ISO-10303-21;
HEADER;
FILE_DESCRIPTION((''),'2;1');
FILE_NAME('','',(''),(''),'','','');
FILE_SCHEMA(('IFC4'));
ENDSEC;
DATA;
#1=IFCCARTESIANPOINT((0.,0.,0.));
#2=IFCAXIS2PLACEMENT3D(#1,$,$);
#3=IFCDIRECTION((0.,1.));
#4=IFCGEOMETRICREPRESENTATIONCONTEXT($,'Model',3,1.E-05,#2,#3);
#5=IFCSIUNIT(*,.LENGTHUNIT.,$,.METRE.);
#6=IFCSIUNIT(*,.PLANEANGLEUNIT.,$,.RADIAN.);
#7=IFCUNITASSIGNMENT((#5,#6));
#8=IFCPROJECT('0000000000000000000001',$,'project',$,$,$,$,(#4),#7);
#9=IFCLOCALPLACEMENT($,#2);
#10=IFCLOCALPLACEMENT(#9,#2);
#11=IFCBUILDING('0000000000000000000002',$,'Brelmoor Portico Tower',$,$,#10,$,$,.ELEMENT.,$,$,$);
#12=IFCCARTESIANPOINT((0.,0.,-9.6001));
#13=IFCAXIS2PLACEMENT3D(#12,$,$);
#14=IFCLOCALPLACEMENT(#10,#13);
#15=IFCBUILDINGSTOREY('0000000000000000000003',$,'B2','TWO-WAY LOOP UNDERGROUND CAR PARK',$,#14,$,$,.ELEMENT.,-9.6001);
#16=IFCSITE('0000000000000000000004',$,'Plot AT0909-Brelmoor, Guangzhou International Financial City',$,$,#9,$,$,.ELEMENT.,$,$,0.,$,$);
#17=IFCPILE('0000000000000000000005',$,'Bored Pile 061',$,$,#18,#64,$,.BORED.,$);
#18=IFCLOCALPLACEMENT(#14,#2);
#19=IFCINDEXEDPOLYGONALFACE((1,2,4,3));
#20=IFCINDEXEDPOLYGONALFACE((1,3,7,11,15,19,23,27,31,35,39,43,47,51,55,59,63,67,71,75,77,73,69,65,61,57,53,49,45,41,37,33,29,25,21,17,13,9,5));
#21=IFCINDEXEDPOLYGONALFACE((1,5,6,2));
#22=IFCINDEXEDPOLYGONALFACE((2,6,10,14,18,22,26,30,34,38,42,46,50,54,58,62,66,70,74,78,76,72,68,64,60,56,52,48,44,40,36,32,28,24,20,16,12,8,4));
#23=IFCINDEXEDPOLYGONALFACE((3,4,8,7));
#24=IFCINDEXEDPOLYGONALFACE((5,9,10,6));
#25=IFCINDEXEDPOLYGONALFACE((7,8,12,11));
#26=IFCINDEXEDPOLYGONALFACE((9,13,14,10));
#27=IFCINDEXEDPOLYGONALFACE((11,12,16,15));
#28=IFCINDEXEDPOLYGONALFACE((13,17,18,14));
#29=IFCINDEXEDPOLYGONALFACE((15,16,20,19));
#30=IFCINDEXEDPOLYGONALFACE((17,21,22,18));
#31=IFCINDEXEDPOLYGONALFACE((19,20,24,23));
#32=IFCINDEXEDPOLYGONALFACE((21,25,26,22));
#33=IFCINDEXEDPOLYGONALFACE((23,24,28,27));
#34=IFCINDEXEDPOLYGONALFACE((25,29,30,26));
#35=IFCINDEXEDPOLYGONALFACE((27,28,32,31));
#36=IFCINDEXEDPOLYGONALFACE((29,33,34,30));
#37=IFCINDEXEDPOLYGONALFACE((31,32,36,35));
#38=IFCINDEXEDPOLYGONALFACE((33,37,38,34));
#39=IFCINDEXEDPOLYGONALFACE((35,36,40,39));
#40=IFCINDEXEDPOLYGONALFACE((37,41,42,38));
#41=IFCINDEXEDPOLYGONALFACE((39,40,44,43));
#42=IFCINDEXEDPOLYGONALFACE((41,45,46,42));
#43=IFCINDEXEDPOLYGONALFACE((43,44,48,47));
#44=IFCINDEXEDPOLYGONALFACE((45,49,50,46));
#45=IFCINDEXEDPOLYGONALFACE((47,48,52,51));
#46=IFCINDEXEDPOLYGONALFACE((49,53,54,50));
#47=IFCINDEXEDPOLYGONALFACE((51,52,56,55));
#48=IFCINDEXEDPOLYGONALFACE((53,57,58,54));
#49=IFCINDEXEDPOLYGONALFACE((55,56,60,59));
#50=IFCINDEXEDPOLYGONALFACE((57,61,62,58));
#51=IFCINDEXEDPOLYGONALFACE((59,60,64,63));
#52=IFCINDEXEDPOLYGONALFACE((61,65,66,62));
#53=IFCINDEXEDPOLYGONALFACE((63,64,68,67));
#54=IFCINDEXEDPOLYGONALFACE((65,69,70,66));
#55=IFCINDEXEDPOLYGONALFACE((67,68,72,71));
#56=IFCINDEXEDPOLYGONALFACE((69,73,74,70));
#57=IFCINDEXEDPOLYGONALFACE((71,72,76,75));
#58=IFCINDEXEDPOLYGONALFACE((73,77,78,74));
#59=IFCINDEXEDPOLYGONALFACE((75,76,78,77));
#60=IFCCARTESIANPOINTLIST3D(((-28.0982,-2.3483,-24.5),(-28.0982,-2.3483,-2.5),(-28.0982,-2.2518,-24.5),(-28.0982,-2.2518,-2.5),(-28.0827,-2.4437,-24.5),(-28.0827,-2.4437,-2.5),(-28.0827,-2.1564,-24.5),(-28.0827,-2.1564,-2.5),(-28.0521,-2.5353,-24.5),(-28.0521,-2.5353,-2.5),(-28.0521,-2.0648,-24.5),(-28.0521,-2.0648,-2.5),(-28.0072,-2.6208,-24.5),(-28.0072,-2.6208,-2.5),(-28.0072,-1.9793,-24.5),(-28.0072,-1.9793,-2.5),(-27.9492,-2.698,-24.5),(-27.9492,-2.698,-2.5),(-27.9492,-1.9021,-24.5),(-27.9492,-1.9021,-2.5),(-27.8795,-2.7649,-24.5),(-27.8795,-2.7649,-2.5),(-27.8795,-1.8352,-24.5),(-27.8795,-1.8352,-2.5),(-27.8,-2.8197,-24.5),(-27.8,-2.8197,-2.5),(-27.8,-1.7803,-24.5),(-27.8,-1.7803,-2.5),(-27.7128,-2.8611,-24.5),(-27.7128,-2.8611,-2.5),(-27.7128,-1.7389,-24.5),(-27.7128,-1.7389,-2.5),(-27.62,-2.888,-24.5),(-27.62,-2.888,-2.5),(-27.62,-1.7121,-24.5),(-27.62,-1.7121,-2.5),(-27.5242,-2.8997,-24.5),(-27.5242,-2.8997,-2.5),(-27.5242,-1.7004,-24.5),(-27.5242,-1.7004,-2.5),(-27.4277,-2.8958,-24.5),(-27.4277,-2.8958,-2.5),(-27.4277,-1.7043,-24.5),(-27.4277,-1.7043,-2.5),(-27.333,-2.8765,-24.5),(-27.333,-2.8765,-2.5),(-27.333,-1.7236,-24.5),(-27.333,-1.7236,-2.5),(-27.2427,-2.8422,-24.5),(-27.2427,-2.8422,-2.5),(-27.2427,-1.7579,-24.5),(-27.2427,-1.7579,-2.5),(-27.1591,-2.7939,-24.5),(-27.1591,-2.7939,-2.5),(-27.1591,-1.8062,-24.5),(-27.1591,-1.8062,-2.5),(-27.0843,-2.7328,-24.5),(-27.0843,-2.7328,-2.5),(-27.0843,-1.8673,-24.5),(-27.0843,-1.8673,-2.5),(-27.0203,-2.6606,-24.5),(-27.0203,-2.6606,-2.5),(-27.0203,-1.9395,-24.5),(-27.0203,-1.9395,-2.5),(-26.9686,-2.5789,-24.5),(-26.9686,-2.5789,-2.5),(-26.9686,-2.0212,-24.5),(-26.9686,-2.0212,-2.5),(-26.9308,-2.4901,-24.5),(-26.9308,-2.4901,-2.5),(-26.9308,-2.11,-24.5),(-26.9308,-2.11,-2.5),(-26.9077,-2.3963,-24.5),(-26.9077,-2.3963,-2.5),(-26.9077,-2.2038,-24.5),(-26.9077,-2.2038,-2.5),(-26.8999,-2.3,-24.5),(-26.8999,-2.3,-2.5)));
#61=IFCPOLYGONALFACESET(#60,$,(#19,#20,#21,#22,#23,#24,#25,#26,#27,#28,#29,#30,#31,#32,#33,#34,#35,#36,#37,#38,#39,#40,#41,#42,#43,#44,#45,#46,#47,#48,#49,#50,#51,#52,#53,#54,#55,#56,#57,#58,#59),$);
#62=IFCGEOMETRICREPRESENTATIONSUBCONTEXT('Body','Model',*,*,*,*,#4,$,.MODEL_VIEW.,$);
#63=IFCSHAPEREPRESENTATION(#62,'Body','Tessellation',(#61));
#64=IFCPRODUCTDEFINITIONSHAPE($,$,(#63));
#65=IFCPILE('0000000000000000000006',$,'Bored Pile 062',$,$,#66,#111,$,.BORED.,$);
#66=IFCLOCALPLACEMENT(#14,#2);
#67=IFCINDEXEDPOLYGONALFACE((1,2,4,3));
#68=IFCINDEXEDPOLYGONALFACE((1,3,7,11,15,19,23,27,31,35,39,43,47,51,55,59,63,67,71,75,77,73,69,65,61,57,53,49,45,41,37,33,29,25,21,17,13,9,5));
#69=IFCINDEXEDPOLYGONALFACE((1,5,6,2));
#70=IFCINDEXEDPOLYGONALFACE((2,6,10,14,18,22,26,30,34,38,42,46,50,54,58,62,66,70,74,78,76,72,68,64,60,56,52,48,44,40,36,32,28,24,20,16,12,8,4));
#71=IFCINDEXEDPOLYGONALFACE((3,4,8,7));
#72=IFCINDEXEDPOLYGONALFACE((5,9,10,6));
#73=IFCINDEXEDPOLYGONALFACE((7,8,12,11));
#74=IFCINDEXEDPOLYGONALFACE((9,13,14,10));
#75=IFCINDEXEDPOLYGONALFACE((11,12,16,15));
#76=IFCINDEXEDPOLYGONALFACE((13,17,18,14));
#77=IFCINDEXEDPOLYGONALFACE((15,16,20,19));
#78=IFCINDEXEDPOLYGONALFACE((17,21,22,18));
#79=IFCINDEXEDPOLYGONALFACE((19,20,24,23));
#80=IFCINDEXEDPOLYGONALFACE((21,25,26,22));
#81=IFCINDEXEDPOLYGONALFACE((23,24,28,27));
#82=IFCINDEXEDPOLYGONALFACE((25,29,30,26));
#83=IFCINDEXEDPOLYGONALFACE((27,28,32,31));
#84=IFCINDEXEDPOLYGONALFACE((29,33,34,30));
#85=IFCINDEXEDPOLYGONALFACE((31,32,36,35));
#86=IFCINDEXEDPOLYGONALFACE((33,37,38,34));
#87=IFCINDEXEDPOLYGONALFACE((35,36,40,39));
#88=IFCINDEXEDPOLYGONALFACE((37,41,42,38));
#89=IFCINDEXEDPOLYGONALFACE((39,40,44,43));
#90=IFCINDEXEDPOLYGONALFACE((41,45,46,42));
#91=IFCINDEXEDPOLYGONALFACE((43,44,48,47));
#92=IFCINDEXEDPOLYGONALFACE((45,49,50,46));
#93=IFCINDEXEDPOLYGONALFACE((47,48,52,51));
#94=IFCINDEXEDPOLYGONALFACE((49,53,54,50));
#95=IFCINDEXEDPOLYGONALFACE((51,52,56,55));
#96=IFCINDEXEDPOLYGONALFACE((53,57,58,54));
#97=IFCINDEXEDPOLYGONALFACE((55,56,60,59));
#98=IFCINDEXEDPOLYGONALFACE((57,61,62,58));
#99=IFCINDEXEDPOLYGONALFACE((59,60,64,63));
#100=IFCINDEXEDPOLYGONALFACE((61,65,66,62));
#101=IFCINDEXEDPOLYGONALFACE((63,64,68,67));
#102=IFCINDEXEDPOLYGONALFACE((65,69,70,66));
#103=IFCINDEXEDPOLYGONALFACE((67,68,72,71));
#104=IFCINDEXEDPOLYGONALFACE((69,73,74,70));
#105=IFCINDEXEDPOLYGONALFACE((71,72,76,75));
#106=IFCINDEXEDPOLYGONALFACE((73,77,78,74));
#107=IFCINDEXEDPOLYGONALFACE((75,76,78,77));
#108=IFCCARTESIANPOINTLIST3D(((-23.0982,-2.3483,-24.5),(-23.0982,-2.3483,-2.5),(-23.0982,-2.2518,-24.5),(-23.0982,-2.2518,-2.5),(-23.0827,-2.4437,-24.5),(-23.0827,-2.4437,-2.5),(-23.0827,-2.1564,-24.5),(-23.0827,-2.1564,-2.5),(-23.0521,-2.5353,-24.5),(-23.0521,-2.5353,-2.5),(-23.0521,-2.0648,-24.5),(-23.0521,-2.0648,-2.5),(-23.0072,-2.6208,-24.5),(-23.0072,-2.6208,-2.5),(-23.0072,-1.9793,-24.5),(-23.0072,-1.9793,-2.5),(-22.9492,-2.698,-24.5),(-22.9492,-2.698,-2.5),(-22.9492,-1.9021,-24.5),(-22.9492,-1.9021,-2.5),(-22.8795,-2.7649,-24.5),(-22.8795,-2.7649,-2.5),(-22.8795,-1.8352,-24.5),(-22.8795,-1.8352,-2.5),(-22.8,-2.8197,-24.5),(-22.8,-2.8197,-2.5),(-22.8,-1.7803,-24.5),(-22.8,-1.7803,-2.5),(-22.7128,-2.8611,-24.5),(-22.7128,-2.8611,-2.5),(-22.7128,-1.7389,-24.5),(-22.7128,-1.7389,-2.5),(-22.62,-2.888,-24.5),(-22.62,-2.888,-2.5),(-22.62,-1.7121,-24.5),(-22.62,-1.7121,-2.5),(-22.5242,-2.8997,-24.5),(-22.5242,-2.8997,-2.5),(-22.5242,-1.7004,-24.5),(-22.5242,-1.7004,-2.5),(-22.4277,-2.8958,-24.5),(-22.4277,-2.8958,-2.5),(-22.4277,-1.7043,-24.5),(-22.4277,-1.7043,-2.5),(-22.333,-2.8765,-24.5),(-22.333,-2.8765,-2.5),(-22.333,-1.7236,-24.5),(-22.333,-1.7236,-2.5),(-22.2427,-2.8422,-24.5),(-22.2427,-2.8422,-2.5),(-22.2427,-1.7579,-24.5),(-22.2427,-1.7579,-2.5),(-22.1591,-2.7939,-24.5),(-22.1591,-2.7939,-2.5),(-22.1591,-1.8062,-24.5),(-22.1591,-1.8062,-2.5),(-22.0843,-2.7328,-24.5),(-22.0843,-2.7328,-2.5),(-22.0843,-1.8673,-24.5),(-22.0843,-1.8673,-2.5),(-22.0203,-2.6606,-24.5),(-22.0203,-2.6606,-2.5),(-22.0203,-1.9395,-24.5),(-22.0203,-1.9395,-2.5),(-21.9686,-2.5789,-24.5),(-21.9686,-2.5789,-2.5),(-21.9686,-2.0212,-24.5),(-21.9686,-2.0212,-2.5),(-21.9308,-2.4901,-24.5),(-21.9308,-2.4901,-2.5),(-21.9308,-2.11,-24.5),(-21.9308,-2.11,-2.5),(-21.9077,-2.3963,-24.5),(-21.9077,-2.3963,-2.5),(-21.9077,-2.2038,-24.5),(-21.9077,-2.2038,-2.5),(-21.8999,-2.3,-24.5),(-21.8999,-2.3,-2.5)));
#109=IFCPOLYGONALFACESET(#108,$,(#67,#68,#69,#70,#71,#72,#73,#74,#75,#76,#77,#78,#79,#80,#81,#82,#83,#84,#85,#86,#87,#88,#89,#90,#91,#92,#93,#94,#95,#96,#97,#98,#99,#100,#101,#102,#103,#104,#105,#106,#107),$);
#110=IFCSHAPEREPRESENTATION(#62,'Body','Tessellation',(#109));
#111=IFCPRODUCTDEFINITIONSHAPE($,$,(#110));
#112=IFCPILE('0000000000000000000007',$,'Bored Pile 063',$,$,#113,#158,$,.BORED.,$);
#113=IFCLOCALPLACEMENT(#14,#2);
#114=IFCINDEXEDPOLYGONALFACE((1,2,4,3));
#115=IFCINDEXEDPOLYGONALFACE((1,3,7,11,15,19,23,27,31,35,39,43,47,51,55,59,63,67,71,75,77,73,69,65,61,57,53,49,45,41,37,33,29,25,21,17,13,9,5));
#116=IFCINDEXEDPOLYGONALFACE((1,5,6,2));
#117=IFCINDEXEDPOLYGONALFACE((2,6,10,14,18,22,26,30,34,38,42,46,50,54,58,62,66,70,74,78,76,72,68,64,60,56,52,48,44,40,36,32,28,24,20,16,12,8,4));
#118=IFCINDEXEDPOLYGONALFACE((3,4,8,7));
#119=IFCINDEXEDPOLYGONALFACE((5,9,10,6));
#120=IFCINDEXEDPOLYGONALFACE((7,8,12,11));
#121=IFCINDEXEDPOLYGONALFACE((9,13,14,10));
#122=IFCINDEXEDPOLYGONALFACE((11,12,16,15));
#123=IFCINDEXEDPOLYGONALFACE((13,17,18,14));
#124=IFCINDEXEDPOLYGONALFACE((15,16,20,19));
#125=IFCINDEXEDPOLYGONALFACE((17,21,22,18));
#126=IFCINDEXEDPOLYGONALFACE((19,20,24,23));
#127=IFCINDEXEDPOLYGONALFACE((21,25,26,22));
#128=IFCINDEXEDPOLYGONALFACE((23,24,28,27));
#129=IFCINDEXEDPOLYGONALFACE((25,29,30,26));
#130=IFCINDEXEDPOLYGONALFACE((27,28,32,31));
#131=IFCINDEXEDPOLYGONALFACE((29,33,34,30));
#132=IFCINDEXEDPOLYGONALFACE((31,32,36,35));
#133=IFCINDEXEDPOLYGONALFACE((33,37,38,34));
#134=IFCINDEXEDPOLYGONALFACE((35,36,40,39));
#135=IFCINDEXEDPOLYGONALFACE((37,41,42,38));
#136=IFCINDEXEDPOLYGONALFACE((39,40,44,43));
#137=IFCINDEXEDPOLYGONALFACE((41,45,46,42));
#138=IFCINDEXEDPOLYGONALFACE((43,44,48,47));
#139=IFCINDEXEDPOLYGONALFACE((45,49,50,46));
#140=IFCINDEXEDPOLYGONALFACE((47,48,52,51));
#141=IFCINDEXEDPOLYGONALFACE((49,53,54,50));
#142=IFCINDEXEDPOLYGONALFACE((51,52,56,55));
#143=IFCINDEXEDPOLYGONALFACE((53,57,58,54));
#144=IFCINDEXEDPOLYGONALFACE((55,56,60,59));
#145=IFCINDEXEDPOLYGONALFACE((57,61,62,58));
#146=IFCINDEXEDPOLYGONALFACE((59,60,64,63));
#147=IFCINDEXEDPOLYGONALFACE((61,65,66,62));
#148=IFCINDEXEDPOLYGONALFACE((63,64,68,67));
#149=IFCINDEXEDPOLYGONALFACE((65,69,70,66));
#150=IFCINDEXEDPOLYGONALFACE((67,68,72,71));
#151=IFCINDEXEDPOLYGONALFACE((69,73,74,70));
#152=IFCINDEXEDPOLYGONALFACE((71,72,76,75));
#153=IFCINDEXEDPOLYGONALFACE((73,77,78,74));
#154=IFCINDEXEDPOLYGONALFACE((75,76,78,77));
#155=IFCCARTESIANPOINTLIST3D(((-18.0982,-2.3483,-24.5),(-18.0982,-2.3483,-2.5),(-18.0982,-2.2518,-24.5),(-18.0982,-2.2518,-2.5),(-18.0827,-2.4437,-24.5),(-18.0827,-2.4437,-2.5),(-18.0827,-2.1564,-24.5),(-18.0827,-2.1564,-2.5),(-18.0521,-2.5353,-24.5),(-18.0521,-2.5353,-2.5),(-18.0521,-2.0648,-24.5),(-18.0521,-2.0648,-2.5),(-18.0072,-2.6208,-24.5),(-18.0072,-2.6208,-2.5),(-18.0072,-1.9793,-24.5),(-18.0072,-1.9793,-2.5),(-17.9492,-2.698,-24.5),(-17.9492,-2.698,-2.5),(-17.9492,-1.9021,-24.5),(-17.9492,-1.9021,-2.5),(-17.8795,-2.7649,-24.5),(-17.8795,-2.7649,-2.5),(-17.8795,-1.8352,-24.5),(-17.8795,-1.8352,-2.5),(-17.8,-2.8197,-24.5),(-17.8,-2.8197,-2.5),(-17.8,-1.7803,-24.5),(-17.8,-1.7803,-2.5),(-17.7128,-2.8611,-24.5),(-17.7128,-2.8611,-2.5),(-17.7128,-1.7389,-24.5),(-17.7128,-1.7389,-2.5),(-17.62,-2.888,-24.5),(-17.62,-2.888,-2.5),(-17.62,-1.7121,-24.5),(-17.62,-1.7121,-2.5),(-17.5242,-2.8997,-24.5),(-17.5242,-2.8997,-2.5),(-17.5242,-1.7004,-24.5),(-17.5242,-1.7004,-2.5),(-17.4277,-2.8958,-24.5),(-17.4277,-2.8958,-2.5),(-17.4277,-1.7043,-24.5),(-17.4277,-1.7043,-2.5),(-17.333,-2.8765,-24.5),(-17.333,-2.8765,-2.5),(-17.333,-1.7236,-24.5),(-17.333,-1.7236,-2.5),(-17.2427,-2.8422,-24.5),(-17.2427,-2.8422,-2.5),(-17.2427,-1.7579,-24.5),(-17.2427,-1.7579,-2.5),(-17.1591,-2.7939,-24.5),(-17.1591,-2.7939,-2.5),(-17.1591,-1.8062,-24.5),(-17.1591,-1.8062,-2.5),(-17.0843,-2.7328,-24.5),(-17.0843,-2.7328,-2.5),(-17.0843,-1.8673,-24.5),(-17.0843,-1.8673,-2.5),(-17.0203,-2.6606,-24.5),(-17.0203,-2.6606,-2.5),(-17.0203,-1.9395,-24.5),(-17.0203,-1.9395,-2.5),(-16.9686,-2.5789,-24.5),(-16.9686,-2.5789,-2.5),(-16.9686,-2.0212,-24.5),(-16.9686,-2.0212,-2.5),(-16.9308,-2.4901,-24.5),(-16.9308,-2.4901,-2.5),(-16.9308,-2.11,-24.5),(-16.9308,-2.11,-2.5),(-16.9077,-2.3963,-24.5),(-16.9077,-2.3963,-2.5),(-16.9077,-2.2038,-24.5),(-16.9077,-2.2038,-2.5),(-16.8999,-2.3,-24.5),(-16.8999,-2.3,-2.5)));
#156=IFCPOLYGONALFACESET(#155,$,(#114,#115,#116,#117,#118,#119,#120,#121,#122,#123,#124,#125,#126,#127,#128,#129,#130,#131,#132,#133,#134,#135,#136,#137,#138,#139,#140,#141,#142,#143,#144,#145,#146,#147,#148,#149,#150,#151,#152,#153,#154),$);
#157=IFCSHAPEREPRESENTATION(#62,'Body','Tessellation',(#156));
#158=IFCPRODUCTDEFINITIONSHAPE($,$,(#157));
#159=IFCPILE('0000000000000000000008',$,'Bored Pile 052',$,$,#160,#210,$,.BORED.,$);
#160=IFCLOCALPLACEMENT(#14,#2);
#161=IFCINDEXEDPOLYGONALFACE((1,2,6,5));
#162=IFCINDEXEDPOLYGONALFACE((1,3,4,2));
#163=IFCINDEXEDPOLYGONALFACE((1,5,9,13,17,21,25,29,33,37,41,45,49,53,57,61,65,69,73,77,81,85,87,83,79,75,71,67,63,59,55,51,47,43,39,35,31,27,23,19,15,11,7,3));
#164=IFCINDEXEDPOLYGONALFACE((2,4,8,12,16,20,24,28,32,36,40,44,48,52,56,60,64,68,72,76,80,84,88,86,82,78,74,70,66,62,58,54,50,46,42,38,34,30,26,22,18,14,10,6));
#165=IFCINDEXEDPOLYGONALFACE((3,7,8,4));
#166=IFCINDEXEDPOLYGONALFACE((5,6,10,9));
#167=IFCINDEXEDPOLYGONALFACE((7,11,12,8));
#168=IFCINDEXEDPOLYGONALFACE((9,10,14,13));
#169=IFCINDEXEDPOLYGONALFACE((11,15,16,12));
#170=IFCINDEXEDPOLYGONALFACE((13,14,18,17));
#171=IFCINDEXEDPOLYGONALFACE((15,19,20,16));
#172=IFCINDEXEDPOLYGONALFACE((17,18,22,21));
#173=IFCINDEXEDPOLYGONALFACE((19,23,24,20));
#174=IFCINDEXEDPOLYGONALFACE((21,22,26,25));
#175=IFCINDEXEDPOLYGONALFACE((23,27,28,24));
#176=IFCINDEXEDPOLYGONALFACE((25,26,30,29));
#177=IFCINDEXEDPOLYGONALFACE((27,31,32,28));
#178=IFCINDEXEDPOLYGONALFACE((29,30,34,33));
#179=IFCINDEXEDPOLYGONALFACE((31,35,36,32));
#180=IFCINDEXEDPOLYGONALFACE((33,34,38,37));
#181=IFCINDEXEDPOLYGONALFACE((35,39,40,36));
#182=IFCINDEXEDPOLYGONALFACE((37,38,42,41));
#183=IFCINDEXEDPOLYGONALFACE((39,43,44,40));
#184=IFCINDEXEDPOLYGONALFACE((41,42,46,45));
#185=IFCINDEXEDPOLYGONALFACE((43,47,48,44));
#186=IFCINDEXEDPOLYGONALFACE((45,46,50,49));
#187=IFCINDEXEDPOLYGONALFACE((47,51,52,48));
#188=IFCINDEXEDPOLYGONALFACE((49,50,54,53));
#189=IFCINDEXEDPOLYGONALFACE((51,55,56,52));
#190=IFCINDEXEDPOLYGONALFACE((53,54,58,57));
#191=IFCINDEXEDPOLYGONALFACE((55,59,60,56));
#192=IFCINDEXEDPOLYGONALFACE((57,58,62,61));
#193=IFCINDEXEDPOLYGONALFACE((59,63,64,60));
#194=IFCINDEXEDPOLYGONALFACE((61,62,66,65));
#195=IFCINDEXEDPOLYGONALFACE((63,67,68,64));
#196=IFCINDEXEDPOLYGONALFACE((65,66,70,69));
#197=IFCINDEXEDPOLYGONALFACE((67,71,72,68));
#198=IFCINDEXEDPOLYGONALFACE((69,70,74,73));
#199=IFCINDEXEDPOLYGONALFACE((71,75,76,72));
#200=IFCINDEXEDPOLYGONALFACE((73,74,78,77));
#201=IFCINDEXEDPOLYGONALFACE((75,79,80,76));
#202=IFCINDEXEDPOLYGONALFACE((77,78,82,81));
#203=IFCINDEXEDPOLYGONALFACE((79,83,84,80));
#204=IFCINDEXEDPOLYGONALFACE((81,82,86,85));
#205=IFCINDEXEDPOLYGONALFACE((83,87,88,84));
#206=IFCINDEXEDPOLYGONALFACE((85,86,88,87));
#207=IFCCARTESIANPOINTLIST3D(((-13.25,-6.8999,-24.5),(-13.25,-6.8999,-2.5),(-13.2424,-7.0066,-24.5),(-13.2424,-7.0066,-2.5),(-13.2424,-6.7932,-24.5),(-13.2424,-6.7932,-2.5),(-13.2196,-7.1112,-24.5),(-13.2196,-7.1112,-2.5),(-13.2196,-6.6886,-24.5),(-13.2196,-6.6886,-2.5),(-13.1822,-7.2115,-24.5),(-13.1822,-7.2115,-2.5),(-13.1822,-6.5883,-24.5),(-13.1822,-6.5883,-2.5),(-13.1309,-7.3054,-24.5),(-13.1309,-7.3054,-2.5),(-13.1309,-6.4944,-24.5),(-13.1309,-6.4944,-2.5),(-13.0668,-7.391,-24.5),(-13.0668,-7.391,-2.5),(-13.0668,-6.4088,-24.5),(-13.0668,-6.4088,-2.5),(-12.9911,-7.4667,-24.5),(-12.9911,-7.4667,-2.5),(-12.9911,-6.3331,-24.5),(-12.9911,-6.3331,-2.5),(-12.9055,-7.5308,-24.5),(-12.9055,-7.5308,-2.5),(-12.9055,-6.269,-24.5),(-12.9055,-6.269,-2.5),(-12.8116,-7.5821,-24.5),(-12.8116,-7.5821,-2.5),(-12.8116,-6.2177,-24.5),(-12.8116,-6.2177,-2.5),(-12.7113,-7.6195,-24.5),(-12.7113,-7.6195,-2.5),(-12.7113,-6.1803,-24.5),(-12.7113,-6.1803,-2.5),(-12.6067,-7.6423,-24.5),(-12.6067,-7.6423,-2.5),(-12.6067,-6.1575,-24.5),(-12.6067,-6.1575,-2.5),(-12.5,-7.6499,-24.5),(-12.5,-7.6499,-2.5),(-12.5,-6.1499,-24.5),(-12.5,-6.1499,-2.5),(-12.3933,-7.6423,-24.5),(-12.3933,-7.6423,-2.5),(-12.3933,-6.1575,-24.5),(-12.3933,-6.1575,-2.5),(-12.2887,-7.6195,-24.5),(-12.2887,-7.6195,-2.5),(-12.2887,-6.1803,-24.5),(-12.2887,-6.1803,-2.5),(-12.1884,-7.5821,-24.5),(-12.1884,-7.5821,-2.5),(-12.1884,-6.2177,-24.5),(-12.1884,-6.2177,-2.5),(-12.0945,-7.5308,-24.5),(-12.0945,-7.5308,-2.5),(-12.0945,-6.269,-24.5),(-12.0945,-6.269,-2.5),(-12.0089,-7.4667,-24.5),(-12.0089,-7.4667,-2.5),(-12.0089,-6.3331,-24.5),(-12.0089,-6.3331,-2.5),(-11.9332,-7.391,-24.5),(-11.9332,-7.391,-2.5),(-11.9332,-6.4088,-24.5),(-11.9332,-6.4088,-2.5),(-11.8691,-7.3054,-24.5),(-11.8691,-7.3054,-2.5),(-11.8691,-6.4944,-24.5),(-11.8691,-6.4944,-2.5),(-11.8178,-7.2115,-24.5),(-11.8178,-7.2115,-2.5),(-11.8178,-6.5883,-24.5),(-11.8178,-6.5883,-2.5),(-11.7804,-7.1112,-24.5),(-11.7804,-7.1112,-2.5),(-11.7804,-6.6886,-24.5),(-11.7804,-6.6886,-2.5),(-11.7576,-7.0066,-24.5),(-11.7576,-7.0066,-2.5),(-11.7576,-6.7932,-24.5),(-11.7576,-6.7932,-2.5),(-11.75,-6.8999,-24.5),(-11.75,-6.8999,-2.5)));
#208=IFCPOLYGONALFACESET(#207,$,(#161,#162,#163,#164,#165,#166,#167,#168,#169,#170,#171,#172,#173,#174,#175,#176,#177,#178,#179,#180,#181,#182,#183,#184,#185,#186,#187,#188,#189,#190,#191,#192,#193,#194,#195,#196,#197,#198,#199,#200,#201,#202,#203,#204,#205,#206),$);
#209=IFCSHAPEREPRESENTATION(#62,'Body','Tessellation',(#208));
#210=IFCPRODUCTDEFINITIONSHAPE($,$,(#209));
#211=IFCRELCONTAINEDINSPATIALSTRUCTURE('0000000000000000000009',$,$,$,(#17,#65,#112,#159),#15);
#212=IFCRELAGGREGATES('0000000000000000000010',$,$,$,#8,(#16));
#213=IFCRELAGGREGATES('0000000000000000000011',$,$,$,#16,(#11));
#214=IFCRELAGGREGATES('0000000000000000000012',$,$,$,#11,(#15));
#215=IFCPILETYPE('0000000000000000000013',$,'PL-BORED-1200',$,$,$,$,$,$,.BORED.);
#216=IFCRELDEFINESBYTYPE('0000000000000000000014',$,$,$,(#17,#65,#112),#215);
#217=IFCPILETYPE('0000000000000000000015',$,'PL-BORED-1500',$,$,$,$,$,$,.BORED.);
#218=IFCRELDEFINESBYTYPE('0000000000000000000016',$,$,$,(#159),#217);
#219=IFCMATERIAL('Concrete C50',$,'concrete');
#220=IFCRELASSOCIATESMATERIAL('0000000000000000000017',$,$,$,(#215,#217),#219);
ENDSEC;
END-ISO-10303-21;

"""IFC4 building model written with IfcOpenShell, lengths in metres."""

from ifc_helpers import new_model, si_unit, direction, frame, origin, origin_2d, place, context, subcontext, project, spatial, circle, extrude, material, material_profile, profile_set, type_object, element, save


model = new_model("IFC4")

# Units and contexts
model_context = context("Model", 3, precision=1e-05, world=origin(), true_north=direction((0.0, 1.0)))
body_context = subcontext(model_context, "Body", "Model", "MODEL_VIEW")
ifc_project = project(units=[si_unit("LENGTHUNIT", "METRE"), si_unit("PLANEANGLEUNIT", "RADIAN")], contexts=[model_context])

# Site, building, storey
site_placement = place(None, origin())
site = spatial("IfcSite", under=ifc_project, at=site_placement, Name="Plot AT0909-Brelmoor, Guangzhou International Financial City", CompositionType="ELEMENT", RefElevation=0.0)
building_placement = place(site_placement, origin())
building = spatial("IfcBuilding", under=site, at=building_placement, Name="Brelmoor Portico Tower", CompositionType="ELEMENT")
storey_placement = place(building_placement, frame((0.0, 0.0, -9.6001)))
storey = spatial("IfcBuildingStorey", under=building, at=storey_placement, Name="B2", Description="TWO-WAY LOOP UNDERGROUND CAR PARK", CompositionType="ELEMENT", Elevation=-9.6001)

# Shared definitions
ifc_material_1 = material(Name="Concrete C50", Category="concrete")

# Piles
ifc_material_profile_1 = material_profile(ifc_material_1, circle(Radius=0.6001, at=origin_2d()), Name="BORED PILE D1200")
ifc_profile_set_1 = profile_set([ifc_material_profile_1], Name="Concrete C50")
pile_type_1 = type_object("IfcPileType", Name="PL-BORED-1200", PredefinedType="BORED", material=ifc_profile_set_1)
for number, where, z_axis, x_axis, name in (
    (1, (-27.5, -2.3, -2.5), (0.0, 0.0, -1.0), (1.0, 0.0, 0.0), "Bored Pile 061"),
    (2, (-22.5, -2.3, -2.5), (0.0, 0.0, -1.0), (1.0, 0.0, 0.0), "Bored Pile 062"),
    (3, (-17.5, -2.3, -2.5), (0.0, 0.0, -1.0), (1.0, 0.0, 0.0), "Bored Pile 063"),
):
    element("IfcPile", number, at=place(storey_placement, frame(where, z_axis=z_axis, x_axis=x_axis)), inside=storey, type_object=pile_type_1, Name=name, PredefinedType="BORED", context=body_context, shape_type="SweptSolid", body=[
        extrude(circle(Radius=0.6001, at=origin_2d()), origin(), (0.0, 0.0, 1.0), 22.0),
    ])
ifc_material_profile_2 = material_profile(ifc_material_1, circle(Radius=0.75, at=origin_2d()), Name="BORED PILE D1500")
ifc_profile_set_2 = profile_set([ifc_material_profile_2], Name="Concrete C50")
pile_type_2 = type_object("IfcPileType", Name="PL-BORED-1500", PredefinedType="BORED", material=ifc_profile_set_2)
pile_placement = place(storey_placement, frame((-12.5, -6.8999, -2.5), z_axis=(0.0, 0.0, -1.0), x_axis=(1.0, 0.0, 0.0)))
element("IfcPile", 4, at=pile_placement, inside=storey, type_object=pile_type_2, Name="Bored Pile 052", PredefinedType="BORED", context=body_context, shape_type="SweptSolid", body=[
    extrude(circle(Radius=0.75, at=origin_2d()), origin(), (0.0, 0.0, 1.0), 22.0),
])

save(model, "model.ifc")
